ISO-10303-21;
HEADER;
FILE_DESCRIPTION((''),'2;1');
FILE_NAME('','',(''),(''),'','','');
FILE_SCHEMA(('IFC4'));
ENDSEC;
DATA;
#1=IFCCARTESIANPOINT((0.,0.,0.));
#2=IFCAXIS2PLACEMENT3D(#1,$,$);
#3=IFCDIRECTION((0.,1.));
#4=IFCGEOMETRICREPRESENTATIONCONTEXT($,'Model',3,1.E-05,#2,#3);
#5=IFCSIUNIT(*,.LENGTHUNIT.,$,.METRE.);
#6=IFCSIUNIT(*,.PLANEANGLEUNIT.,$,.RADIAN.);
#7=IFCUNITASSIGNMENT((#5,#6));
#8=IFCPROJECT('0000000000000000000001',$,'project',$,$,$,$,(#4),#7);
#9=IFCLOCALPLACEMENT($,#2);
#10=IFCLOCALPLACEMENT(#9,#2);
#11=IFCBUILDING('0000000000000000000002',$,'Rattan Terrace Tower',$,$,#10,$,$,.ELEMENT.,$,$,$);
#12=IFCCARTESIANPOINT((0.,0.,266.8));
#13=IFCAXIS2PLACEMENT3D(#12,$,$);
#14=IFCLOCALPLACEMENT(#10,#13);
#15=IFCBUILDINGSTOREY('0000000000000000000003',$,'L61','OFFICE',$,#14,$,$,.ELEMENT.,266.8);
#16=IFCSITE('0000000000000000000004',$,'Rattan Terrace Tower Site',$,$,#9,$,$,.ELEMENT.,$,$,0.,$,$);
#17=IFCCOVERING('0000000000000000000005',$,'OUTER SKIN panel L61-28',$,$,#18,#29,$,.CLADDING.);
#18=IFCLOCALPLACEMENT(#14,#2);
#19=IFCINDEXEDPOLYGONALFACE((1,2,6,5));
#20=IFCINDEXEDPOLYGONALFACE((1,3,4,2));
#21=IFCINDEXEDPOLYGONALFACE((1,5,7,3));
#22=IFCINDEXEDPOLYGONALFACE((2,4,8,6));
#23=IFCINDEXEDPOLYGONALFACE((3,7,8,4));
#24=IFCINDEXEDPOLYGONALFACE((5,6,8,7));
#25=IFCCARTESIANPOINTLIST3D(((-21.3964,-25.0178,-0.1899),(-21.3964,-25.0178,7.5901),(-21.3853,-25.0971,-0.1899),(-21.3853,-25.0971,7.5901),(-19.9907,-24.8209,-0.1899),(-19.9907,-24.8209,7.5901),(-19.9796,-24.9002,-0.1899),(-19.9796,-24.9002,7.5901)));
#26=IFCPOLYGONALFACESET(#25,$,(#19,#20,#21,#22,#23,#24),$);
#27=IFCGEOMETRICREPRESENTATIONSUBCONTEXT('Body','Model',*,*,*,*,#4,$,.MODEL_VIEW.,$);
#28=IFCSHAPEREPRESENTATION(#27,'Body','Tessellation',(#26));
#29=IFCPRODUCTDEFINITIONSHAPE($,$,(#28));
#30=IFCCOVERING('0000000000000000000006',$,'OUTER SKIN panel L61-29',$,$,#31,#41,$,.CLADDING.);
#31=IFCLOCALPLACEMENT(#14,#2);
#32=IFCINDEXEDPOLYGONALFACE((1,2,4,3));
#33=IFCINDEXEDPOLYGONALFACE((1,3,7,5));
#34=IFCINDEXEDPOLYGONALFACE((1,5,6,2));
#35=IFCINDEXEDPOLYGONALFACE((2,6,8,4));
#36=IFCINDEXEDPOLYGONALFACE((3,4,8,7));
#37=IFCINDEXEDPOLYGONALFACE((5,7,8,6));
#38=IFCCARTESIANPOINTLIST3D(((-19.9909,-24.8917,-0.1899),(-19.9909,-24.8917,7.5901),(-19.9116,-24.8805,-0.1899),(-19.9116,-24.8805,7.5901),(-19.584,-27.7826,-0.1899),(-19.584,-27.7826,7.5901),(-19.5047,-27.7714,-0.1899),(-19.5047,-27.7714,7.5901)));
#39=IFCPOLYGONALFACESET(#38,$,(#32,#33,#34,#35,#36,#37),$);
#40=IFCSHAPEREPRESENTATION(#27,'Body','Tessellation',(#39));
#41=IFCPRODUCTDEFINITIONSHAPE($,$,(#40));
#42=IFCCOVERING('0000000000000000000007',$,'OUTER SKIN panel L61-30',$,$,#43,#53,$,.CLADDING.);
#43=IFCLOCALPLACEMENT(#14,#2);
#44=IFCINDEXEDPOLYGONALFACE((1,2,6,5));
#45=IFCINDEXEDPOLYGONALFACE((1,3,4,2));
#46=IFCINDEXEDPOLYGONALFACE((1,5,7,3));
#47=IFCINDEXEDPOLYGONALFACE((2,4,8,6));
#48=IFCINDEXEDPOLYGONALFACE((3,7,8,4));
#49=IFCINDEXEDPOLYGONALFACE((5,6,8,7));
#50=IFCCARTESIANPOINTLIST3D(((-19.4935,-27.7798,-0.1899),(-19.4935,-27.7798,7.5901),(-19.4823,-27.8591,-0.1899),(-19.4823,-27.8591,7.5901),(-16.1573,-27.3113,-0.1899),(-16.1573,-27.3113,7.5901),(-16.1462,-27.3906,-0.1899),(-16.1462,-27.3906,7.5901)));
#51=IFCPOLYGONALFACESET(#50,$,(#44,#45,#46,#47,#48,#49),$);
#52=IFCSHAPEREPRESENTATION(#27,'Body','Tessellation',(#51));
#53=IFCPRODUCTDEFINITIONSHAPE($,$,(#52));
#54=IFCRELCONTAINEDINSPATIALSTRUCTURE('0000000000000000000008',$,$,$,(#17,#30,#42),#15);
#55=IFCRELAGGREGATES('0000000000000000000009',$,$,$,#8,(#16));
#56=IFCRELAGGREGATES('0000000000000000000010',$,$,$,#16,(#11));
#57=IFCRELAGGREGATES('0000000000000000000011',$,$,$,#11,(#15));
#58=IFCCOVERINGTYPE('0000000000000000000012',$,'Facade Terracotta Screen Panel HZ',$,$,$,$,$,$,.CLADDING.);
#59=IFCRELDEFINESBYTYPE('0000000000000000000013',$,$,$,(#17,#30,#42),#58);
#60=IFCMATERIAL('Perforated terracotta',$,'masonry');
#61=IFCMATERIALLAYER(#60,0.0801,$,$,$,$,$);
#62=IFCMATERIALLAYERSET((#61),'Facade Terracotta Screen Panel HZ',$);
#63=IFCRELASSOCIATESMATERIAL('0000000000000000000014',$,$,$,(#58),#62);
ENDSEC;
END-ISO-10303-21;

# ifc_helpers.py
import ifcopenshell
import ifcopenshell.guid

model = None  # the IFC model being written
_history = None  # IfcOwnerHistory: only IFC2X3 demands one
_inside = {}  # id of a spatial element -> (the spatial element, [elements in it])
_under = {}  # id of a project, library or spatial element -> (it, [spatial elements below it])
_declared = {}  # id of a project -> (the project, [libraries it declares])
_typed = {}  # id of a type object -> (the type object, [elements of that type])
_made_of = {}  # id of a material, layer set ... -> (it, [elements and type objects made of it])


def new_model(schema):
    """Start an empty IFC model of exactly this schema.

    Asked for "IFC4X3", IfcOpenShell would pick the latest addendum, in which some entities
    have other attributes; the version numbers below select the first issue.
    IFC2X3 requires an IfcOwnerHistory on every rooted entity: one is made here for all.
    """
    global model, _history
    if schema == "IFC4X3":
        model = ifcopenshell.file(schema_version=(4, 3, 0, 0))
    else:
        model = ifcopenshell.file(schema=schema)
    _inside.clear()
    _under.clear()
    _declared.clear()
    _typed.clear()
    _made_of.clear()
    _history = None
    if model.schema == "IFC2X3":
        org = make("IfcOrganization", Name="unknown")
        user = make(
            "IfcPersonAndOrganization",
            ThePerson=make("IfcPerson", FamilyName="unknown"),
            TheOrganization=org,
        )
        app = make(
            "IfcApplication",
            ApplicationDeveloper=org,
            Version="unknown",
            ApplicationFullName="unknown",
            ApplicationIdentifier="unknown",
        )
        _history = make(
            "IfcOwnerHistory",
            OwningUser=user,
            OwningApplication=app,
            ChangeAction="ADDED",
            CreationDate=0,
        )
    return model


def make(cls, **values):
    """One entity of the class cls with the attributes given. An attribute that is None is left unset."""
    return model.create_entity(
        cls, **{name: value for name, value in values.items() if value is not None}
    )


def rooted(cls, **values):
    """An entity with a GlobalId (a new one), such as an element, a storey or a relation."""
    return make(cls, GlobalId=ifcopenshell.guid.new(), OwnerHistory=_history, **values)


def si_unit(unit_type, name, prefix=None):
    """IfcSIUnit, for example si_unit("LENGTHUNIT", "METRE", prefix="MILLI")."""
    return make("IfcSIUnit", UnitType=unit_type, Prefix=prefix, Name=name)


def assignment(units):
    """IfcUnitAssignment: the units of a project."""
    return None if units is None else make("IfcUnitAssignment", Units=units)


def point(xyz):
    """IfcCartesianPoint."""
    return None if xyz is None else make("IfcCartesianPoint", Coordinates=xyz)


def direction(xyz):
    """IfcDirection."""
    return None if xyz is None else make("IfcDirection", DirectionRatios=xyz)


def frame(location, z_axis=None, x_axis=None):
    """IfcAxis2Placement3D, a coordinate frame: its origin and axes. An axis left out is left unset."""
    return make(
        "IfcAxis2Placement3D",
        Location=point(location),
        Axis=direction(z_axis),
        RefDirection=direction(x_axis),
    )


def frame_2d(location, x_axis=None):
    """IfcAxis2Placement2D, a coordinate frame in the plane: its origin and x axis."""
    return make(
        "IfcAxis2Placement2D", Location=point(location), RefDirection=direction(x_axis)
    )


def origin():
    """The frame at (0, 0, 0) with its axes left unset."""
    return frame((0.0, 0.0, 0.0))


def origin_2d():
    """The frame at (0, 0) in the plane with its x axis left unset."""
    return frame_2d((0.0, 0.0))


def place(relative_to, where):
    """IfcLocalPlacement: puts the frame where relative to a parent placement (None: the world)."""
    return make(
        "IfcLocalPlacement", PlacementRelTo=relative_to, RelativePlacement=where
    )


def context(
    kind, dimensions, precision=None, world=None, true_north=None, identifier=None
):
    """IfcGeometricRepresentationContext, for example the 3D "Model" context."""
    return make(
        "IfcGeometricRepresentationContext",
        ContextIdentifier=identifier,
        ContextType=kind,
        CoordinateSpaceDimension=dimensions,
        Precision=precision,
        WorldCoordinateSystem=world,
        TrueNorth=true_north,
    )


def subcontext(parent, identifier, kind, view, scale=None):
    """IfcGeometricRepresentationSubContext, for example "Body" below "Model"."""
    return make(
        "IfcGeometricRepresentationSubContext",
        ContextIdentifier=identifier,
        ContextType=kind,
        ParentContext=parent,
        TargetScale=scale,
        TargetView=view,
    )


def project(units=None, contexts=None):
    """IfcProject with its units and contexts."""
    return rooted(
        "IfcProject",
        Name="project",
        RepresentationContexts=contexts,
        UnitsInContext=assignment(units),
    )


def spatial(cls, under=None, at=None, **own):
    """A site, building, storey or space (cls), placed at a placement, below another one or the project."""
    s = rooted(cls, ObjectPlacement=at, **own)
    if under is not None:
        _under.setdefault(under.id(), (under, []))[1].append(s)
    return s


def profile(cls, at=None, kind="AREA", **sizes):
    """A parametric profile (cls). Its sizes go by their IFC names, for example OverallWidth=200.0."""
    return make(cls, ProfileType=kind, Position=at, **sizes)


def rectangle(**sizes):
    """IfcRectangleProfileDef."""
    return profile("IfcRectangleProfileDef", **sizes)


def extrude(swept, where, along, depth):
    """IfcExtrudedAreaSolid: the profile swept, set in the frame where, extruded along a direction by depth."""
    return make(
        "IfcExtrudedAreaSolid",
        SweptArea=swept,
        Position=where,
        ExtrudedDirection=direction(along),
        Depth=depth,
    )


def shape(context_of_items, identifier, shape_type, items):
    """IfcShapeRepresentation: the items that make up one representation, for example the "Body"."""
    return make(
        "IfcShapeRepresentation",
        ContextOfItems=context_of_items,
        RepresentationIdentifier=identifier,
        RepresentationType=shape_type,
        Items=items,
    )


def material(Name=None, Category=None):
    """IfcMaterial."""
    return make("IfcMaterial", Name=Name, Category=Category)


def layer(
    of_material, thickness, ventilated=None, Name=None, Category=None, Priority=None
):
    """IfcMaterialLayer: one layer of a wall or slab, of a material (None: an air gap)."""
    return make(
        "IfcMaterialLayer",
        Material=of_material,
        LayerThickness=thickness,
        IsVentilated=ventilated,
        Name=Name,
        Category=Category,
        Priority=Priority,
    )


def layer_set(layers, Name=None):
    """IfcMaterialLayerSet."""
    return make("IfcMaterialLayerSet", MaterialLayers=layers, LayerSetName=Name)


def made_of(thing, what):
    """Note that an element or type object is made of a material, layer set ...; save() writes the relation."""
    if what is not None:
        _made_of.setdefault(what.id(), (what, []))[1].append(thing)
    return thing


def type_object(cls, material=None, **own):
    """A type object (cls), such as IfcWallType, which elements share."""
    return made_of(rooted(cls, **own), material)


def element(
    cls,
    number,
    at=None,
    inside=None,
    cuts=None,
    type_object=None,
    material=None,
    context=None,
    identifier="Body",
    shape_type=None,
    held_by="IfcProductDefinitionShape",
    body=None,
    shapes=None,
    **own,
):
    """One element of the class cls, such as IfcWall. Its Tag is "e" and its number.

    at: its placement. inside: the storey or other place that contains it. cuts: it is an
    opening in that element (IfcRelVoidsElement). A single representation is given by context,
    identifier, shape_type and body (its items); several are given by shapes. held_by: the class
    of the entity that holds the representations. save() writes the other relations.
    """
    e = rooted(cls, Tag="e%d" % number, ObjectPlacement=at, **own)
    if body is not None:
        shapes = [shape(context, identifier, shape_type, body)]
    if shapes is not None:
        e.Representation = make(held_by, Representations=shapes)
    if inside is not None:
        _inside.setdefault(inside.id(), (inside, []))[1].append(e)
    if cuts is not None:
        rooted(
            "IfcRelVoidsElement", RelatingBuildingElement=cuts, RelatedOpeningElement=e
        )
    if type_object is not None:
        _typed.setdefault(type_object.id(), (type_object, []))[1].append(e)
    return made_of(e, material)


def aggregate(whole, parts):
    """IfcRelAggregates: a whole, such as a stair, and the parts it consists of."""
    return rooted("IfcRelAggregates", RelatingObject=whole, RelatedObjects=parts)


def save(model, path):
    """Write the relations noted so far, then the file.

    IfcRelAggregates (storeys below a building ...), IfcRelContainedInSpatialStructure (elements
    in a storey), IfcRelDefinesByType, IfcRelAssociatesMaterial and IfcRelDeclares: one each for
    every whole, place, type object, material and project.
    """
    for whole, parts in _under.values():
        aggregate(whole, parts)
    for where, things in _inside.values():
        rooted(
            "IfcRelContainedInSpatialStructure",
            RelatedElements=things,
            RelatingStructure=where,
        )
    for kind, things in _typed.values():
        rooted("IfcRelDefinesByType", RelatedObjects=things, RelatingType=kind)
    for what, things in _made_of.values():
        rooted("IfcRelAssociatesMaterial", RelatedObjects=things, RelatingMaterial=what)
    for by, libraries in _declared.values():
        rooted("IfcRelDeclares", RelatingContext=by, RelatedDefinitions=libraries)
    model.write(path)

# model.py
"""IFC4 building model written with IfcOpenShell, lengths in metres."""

from ifc_helpers import new_model, si_unit, direction, frame, origin, origin_2d, place, context, subcontext, project, spatial, rectangle, extrude, material, layer, layer_set, type_object, element, save


model = new_model("IFC4")

# Units and contexts
model_context = context("Model", 3, precision=1e-05, world=origin(), true_north=direction((0.0, 1.0)))
body_context = subcontext(model_context, "Body", "Model", "MODEL_VIEW")
ifc_project = project(units=[si_unit("LENGTHUNIT", "METRE"), si_unit("PLANEANGLEUNIT", "RADIAN")], contexts=[model_context])

# Site, building, storey
site_placement = place(None, origin())
site = spatial("IfcSite", under=ifc_project, at=site_placement, Name="Rattan Terrace Tower Site", CompositionType="ELEMENT", RefElevation=0.0)
building_placement = place(site_placement, origin())
building = spatial("IfcBuilding", under=site, at=building_placement, Name="Rattan Terrace Tower", CompositionType="ELEMENT")
storey_placement = place(building_placement, frame((0.0, 0.0, 266.8)))
storey = spatial("IfcBuildingStorey", under=building, at=storey_placement, Name="L61", Description="OFFICE", CompositionType="ELEMENT", Elevation=266.8)

# Coverings
ifc_material_1 = material(Name="Perforated terracotta", Category="masonry")
ifc_layer_1 = layer(ifc_material_1, 0.0801)
ifc_layer_set_1 = layer_set([ifc_layer_1], Name="Facade Terracotta Screen Panel HZ")
covering_type = type_object("IfcCoveringType", Name="Facade Terracotta Screen Panel HZ", PredefinedType="CLADDING", material=ifc_layer_set_1)
covering_1_placement = place(storey_placement, frame((-20.688, -24.959, -0.1899), z_axis=(0.0, 0.0, 1.0), x_axis=(0.990333, 0.138713, 0.0)))
element("IfcCovering", 1, at=covering_1_placement, inside=storey, type_object=covering_type, Name="OUTER SKIN panel L61-28", PredefinedType="CLADDING", context=body_context, shape_type="SweptSolid", body=[
    extrude(rectangle(XDim=1.4194, YDim=0.0801, at=origin_2d()), origin(), (0.0, 0.0, 1.0), 7.78),
])
covering_2_placement = place(storey_placement, frame((-19.7478, -26.3315, -0.1899), z_axis=(0.0, 0.0, 1.0), x_axis=(0.139367, -0.990241, 0.0)))
element("IfcCovering", 2, at=covering_2_placement, inside=storey, type_object=covering_type, Name="OUTER SKIN panel L61-29", PredefinedType="CLADDING", context=body_context, shape_type="SweptSolid", body=[
    extrude(rectangle(XDim=2.9194, YDim=0.0801, at=origin_2d()), origin(), (0.0, 0.0, 1.0), 7.78),
])
covering_3_placement = place(storey_placement, frame((-17.8198, -27.5852, -0.1899), z_axis=(0.0, 0.0, 1.0), x_axis=(0.990287, 0.13904, 0.0)))
element("IfcCovering", 3, at=covering_3_placement, inside=storey, type_object=covering_type, Name="OUTER SKIN panel L61-30", PredefinedType="CLADDING", context=body_context, shape_type="SweptSolid", body=[
    extrude(rectangle(XDim=3.3689, YDim=0.0801, at=origin_2d()), origin(), (0.0, 0.0, 1.0), 7.78),
])

save(model, "model.ifc")
